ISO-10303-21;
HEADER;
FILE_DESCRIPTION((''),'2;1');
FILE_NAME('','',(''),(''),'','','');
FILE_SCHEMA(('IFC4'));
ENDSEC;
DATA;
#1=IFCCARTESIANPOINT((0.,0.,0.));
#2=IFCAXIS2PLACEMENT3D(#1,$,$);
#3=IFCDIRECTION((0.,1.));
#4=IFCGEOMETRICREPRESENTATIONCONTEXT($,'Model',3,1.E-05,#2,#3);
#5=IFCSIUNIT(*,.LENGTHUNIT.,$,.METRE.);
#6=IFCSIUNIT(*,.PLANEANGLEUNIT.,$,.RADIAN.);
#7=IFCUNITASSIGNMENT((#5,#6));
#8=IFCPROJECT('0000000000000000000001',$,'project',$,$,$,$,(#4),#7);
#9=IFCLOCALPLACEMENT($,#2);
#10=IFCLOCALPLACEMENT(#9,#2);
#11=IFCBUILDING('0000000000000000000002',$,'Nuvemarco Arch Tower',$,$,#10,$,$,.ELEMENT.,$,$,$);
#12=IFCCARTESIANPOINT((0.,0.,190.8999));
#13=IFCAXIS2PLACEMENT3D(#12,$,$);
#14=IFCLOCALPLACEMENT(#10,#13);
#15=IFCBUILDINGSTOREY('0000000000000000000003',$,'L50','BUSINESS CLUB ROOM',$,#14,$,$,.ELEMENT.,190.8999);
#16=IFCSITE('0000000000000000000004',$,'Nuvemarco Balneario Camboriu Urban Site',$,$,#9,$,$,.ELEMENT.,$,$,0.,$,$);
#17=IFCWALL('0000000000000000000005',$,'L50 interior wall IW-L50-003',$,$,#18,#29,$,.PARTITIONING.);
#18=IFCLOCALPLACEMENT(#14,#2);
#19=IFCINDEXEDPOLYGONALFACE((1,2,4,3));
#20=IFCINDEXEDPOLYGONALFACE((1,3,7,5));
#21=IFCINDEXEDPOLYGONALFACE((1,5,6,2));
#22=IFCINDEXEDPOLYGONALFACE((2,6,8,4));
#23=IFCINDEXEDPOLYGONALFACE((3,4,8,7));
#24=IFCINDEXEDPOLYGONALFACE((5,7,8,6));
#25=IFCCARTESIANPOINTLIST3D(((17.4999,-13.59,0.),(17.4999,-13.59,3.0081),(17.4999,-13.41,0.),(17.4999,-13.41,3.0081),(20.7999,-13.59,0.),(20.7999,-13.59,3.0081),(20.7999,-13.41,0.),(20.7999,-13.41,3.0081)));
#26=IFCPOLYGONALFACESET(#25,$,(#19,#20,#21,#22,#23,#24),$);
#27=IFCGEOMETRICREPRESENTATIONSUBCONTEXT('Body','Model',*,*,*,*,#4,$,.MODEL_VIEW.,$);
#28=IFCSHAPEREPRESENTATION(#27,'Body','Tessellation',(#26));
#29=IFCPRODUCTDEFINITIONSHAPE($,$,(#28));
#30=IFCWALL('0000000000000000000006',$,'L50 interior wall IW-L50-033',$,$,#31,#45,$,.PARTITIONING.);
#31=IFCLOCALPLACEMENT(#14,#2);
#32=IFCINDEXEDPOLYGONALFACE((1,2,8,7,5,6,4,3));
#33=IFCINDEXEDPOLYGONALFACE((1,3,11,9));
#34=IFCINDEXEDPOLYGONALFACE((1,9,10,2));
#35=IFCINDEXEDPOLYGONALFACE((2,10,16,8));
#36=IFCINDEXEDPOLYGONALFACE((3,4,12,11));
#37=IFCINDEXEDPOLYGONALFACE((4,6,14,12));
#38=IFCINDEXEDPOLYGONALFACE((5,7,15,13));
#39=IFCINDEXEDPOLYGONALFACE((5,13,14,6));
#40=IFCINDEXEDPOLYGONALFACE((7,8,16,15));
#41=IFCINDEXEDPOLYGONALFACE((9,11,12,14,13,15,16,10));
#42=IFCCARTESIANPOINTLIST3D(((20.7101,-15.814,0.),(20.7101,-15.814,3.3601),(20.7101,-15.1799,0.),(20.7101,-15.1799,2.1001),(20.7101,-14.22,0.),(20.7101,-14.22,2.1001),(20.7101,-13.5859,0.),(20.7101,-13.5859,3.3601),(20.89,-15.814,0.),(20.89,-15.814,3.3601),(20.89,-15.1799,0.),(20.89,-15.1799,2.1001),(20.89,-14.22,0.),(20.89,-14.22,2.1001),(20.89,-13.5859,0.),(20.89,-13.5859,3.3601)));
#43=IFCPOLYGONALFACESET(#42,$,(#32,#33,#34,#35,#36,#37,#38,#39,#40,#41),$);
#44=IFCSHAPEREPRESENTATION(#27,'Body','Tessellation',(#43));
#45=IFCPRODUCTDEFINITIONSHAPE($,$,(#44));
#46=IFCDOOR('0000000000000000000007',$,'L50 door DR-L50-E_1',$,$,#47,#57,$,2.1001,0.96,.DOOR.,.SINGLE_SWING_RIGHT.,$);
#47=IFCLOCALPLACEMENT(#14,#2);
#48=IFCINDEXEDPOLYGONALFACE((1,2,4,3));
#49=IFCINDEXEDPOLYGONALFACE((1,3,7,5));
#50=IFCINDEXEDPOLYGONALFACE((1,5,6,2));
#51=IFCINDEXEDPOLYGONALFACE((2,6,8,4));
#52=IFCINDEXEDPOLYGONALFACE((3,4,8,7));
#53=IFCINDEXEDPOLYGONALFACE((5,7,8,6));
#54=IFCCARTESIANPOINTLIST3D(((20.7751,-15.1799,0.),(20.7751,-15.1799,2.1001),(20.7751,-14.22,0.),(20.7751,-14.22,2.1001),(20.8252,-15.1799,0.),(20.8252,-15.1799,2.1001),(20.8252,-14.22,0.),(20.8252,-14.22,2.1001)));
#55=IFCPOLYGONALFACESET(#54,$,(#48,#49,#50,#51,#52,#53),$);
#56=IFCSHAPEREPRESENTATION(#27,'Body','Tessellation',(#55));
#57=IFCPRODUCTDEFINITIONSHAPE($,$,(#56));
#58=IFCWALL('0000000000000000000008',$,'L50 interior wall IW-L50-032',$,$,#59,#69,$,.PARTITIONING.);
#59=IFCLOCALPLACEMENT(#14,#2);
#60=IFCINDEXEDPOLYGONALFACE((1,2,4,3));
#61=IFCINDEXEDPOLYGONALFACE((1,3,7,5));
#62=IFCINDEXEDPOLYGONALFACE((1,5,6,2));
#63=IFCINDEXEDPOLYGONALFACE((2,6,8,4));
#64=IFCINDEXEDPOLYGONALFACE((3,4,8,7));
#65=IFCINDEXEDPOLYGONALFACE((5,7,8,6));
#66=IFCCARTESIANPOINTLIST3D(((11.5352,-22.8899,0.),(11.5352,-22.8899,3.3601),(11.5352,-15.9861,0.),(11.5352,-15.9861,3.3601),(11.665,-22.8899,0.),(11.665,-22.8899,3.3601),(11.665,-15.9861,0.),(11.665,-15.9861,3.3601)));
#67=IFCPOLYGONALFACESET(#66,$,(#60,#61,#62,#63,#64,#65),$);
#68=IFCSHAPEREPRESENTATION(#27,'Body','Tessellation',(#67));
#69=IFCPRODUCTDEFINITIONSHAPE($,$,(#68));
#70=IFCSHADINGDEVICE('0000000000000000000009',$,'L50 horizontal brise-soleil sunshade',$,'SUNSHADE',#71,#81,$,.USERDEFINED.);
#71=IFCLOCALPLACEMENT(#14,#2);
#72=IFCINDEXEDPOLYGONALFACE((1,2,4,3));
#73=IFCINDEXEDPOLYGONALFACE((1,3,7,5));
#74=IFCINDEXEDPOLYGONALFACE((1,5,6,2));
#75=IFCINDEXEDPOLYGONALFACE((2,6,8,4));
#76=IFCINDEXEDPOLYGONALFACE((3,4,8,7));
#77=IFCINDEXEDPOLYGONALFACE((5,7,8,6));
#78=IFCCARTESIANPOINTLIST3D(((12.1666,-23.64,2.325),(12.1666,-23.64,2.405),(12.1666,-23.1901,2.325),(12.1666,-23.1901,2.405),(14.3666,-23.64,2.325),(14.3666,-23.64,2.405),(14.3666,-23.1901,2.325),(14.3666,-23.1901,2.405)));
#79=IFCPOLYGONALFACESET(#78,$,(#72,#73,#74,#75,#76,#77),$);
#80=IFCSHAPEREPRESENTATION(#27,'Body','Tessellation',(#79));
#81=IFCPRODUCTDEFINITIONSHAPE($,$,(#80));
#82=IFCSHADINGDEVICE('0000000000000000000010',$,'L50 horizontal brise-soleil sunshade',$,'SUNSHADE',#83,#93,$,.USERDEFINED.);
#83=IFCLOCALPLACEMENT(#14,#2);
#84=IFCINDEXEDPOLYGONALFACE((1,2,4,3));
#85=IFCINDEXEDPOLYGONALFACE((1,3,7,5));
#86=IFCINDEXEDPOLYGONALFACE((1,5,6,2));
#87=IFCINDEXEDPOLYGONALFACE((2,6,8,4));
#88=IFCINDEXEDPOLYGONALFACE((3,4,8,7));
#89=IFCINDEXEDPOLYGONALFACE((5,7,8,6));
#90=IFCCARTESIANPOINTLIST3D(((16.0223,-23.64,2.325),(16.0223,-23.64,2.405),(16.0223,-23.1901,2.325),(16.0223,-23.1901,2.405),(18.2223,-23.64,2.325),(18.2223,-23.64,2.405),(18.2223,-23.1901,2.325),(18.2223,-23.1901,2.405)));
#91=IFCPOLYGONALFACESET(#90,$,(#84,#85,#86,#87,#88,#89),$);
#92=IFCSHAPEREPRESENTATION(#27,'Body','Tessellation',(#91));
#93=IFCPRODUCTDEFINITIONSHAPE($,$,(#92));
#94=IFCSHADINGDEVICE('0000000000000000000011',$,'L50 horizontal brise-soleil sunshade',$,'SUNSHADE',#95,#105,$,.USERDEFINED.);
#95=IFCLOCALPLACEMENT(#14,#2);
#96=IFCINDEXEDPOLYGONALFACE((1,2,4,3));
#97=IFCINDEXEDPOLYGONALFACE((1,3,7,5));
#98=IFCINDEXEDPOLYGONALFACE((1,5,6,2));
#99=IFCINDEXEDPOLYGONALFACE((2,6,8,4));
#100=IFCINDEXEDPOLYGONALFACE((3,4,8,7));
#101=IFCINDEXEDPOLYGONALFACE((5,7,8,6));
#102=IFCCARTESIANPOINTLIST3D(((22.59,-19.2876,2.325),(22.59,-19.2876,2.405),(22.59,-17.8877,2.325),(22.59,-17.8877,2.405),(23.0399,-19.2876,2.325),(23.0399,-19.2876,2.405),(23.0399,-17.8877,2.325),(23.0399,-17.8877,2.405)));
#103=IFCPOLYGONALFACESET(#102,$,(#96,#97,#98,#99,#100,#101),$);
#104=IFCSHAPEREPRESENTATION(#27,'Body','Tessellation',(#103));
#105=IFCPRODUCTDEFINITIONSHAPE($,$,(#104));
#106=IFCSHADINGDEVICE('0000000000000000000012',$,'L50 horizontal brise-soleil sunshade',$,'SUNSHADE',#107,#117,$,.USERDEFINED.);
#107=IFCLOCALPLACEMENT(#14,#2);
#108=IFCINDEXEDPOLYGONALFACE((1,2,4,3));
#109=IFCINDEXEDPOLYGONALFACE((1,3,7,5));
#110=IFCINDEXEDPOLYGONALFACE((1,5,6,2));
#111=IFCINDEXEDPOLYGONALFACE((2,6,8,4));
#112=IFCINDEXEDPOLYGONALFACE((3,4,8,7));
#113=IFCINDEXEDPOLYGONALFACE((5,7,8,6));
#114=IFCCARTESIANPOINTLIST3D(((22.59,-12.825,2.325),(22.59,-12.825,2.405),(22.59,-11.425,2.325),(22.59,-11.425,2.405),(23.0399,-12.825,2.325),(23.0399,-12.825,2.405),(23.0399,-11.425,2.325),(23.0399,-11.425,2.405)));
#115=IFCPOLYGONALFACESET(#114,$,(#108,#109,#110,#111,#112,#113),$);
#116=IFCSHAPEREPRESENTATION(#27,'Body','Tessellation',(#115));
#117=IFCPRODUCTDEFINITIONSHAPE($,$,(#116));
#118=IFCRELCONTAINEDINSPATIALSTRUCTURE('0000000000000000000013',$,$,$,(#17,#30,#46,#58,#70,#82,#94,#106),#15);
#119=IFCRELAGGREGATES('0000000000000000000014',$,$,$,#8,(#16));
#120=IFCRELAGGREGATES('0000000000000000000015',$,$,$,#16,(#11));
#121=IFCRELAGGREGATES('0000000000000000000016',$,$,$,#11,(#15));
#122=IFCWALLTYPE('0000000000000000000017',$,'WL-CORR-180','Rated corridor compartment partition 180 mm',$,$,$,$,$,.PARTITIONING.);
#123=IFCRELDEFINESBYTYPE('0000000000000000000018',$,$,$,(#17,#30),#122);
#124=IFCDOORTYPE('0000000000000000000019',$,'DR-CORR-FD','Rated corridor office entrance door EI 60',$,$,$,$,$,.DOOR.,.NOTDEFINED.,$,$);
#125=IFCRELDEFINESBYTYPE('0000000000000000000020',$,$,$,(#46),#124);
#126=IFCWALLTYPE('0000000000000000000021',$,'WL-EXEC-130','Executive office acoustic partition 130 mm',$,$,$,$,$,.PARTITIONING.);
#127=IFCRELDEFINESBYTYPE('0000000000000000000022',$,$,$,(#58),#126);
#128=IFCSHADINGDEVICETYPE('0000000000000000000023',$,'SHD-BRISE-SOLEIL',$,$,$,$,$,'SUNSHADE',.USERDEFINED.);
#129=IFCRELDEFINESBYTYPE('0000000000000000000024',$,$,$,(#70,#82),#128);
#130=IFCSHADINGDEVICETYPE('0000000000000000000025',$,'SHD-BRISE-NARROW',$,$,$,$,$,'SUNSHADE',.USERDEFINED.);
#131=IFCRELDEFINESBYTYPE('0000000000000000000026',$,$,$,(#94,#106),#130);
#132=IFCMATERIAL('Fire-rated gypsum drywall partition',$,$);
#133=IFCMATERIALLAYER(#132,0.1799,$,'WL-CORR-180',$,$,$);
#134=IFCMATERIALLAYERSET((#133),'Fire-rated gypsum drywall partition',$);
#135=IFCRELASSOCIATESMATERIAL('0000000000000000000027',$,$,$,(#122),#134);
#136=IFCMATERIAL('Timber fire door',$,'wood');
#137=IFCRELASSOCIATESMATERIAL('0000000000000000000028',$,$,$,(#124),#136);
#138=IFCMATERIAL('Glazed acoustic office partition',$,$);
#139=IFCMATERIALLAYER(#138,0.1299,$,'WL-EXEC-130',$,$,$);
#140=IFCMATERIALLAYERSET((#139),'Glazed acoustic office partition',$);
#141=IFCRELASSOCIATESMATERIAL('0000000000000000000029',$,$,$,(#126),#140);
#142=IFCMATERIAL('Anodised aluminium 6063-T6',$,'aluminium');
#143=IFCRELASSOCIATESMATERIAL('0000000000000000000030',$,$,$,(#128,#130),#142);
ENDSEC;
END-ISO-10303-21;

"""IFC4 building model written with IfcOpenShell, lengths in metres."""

from ifc_helpers import new_model, si_unit, direction, frame, frame_2d, origin, origin_2d, place, context, subcontext, project, spatial, rectangle, extrude, source, transform, mapped, material, layer, layer_set, type_object, type_shapes, element, fill, save


model = new_model("IFC4")

# Units and contexts
model_context = context("Model", 3, precision=1e-05, world=origin(), true_north=direction((0.0, 1.0)))
body_context = subcontext(model_context, "Body", "Model", "MODEL_VIEW")
ifc_project = project(units=[si_unit("LENGTHUNIT", "METRE"), si_unit("PLANEANGLEUNIT", "RADIAN")], contexts=[model_context])

# Site, building, storey
site_placement = place(None, origin())
site = spatial("IfcSite", under=ifc_project, at=site_placement, Name="Nuvemarco Balneario Camboriu Urban Site", CompositionType="ELEMENT", RefElevation=0.0)
building_placement = place(site_placement, origin())
building = spatial("IfcBuilding", under=site, at=building_placement, Name="Nuvemarco Arch Tower", CompositionType="ELEMENT")
storey_placement = place(building_placement, frame((0.0, 0.0, 190.8999)))
storey = spatial("IfcBuildingStorey", under=building, at=storey_placement, Name="L50", Description="BUSINESS CLUB ROOM", CompositionType="ELEMENT", Elevation=190.8999)

# Wall
ifc_material_1 = material(Name="Fire-rated gypsum drywall partition")
ifc_layer_1 = layer(ifc_material_1, 0.1799, Name="WL-CORR-180")
ifc_layer_set_1 = layer_set([ifc_layer_1], Name="Fire-rated gypsum drywall partition")
wall_type_1 = type_object("IfcWallType", Name="WL-CORR-180", Description="Rated corridor compartment partition 180 mm", PredefinedType="PARTITIONING", material=ifc_layer_set_1)
wall_1_placement = place(storey_placement, frame((17.5, -13.5, 0.0), z_axis=(0.0, 0.0, 1.0), x_axis=(1.0, 0.0, 0.0)))
element("IfcWall", 1, at=wall_1_placement, inside=storey, type_object=wall_type_1, Name="L50 interior wall IW-L50-003", PredefinedType="PARTITIONING", context=body_context, shape_type="SweptSolid", body=[
    extrude(rectangle(XDim=3.3, YDim=0.1799, at=frame_2d((1.6499, 0.0))), origin(), (0.0, 0.0, 1.0), 3.0081),
])

# Wall, opening, door
wall_2_placement = place(storey_placement, frame((20.8, -15.814, 0.0), z_axis=(0.0, 0.0, 1.0), x_axis=(0.0, 1.0, 0.0)))
wall_2 = element("IfcWall", 2, at=wall_2_placement, inside=storey, type_object=wall_type_1, Name="L50 interior wall IW-L50-033", PredefinedType="PARTITIONING", context=body_context, shape_type="SweptSolid", body=[
    extrude(rectangle(XDim=2.228, YDim=0.1799, at=frame_2d((1.114, 0.0))), origin(), (0.0, 0.0, 1.0), 3.3601),
])
opening_1_placement = place(wall_2_placement, frame((0.634, 0.0, 0.0)))
opening_1 = element("IfcOpeningElement", 3, at=opening_1_placement, cuts=wall_2, PredefinedType="OPENING", context=body_context, shape_type="SweptSolid", body=[
    extrude(rectangle(XDim=0.96, YDim=2.1001, at=frame_2d((0.48, 1.05))), frame((0.0, 0.0999, 0.0), z_axis=(0.0, -1.0, 0.0), x_axis=(1.0, 0.0, 0.0)), (0.0, 0.0, 1.0), 0.2),
])
ifc_material_2 = material(Name="Timber fire door", Category="wood")
door_type_1 = type_object("IfcDoorType", Name="DR-CORR-FD", Description="Rated corridor office entrance door EI 60", OperationType="NOTDEFINED", PredefinedType="DOOR", material=ifc_material_2)
shared_shape_1 = source(origin(), body_context, "Body", "SweptSolid", [
    extrude(rectangle(XDim=0.96, YDim=2.1001, at=frame_2d((0.48, 1.05))), frame((0.0, 0.0249, 0.0), z_axis=(0.0, -1.0, 0.0), x_axis=(1.0, 0.0, 0.0)), (0.0, 0.0, 1.0), 0.05),
])
type_shapes(door_type_1, [shared_shape_1])
door_1_placement = place(opening_1_placement, origin())
door_1 = element("IfcDoor", 4, at=door_1_placement, inside=storey, type_object=door_type_1, Name="L50 door DR-L50-E_1", OperationType="SINGLE_SWING_RIGHT", OverallHeight=2.1001, OverallWidth=0.96, PredefinedType="DOOR", context=body_context, shape_type="MappedRepresentation", body=[
    mapped(shared_shape_1, transform((0.0, 0.0, 0.0), scale=1.0)),
])
fill(opening_1, door_1)

# Wall
ifc_material_3 = material(Name="Glazed acoustic office partition")
ifc_layer_2 = layer(ifc_material_3, 0.1299, Name="WL-EXEC-130")
ifc_layer_set_2 = layer_set([ifc_layer_2], Name="Glazed acoustic office partition")
wall_type_2 = type_object("IfcWallType", Name="WL-EXEC-130", Description="Executive office acoustic partition 130 mm", PredefinedType="PARTITIONING", material=ifc_layer_set_2)
wall_3_placement = place(storey_placement, frame((11.6001, -22.8899, 0.0), z_axis=(0.0, 0.0, 1.0), x_axis=(0.0, 1.0, 0.0)))
element("IfcWall", 5, at=wall_3_placement, inside=storey, type_object=wall_type_2, Name="L50 interior wall IW-L50-032", PredefinedType="PARTITIONING", context=body_context, shape_type="SweptSolid", body=[
    extrude(rectangle(XDim=6.9038, YDim=0.1299, at=frame_2d((3.4519, 0.0))), origin(), (0.0, 0.0, 1.0), 3.3601),
])

# Shading devices
ifc_material_4 = material(Name="Anodised aluminium 6063-T6", Category="aluminium")
shading_device_type_1 = type_object("IfcShadingDeviceType", Name="SHD-BRISE-SOLEIL", ElementType="SUNSHADE", PredefinedType="USERDEFINED", material=ifc_material_4)
shared_shape_2 = source(origin(), body_context, "Body", "SweptSolid", [
    extrude(rectangle(XDim=2.2, YDim=0.45, at=origin_2d()), origin(), (0.0, 0.0, 1.0), 0.0801),
])
type_shapes(shading_device_type_1, [shared_shape_2])
for number, where, z_axis, x_axis, name in (
    (6, (13.2666, -23.415, 2.325), (0.0, 0.0, 1.0), (1.0, 0.0, 0.0), "L50 horizontal brise-soleil sunshade"),
    (7, (17.1223, -23.415, 2.325), (0.0, 0.0, 1.0), (1.0, 0.0, 0.0), "L50 horizontal brise-soleil sunshade"),
):
    element("IfcShadingDevice", number, at=place(storey_placement, frame(where, z_axis=z_axis, x_axis=x_axis)), inside=storey, type_object=shading_device_type_1, Name=name, ObjectType="SUNSHADE", PredefinedType="USERDEFINED", context=body_context, shape_type="MappedRepresentation", body=[
        mapped(shared_shape_2, transform((0.0, 0.0, 0.0), scale=1.0)),
    ])
shading_device_type_2 = type_object("IfcShadingDeviceType", Name="SHD-BRISE-NARROW", ElementType="SUNSHADE", PredefinedType="USERDEFINED", material=ifc_material_4)
shared_shape_3 = source(origin(), body_context, "Body", "SweptSolid", [
    extrude(rectangle(XDim=1.3999, YDim=0.45, at=origin_2d()), origin(), (0.0, 0.0, 1.0), 0.0801),
])
type_shapes(shading_device_type_2, [shared_shape_3])
for number, where, z_axis, x_axis, name in (
    (8, (22.8149, -18.5876, 2.325), (0.0, 0.0, 1.0), (0.0, 1.0, 0.0), "L50 horizontal brise-soleil sunshade"),
    (9, (22.8149, -12.125, 2.325), (0.0, 0.0, 1.0), (0.0, 1.0, 0.0), "L50 horizontal brise-soleil sunshade"),
):
    element("IfcShadingDevice", number, at=place(storey_placement, frame(where, z_axis=z_axis, x_axis=x_axis)), inside=storey, type_object=shading_device_type_2, Name=name, ObjectType="SUNSHADE", PredefinedType="USERDEFINED", context=body_context, shape_type="MappedRepresentation", body=[
        mapped(shared_shape_3, transform((0.0, 0.0, 0.0), scale=1.0)),
    ])

save(model, "model.ifc")
